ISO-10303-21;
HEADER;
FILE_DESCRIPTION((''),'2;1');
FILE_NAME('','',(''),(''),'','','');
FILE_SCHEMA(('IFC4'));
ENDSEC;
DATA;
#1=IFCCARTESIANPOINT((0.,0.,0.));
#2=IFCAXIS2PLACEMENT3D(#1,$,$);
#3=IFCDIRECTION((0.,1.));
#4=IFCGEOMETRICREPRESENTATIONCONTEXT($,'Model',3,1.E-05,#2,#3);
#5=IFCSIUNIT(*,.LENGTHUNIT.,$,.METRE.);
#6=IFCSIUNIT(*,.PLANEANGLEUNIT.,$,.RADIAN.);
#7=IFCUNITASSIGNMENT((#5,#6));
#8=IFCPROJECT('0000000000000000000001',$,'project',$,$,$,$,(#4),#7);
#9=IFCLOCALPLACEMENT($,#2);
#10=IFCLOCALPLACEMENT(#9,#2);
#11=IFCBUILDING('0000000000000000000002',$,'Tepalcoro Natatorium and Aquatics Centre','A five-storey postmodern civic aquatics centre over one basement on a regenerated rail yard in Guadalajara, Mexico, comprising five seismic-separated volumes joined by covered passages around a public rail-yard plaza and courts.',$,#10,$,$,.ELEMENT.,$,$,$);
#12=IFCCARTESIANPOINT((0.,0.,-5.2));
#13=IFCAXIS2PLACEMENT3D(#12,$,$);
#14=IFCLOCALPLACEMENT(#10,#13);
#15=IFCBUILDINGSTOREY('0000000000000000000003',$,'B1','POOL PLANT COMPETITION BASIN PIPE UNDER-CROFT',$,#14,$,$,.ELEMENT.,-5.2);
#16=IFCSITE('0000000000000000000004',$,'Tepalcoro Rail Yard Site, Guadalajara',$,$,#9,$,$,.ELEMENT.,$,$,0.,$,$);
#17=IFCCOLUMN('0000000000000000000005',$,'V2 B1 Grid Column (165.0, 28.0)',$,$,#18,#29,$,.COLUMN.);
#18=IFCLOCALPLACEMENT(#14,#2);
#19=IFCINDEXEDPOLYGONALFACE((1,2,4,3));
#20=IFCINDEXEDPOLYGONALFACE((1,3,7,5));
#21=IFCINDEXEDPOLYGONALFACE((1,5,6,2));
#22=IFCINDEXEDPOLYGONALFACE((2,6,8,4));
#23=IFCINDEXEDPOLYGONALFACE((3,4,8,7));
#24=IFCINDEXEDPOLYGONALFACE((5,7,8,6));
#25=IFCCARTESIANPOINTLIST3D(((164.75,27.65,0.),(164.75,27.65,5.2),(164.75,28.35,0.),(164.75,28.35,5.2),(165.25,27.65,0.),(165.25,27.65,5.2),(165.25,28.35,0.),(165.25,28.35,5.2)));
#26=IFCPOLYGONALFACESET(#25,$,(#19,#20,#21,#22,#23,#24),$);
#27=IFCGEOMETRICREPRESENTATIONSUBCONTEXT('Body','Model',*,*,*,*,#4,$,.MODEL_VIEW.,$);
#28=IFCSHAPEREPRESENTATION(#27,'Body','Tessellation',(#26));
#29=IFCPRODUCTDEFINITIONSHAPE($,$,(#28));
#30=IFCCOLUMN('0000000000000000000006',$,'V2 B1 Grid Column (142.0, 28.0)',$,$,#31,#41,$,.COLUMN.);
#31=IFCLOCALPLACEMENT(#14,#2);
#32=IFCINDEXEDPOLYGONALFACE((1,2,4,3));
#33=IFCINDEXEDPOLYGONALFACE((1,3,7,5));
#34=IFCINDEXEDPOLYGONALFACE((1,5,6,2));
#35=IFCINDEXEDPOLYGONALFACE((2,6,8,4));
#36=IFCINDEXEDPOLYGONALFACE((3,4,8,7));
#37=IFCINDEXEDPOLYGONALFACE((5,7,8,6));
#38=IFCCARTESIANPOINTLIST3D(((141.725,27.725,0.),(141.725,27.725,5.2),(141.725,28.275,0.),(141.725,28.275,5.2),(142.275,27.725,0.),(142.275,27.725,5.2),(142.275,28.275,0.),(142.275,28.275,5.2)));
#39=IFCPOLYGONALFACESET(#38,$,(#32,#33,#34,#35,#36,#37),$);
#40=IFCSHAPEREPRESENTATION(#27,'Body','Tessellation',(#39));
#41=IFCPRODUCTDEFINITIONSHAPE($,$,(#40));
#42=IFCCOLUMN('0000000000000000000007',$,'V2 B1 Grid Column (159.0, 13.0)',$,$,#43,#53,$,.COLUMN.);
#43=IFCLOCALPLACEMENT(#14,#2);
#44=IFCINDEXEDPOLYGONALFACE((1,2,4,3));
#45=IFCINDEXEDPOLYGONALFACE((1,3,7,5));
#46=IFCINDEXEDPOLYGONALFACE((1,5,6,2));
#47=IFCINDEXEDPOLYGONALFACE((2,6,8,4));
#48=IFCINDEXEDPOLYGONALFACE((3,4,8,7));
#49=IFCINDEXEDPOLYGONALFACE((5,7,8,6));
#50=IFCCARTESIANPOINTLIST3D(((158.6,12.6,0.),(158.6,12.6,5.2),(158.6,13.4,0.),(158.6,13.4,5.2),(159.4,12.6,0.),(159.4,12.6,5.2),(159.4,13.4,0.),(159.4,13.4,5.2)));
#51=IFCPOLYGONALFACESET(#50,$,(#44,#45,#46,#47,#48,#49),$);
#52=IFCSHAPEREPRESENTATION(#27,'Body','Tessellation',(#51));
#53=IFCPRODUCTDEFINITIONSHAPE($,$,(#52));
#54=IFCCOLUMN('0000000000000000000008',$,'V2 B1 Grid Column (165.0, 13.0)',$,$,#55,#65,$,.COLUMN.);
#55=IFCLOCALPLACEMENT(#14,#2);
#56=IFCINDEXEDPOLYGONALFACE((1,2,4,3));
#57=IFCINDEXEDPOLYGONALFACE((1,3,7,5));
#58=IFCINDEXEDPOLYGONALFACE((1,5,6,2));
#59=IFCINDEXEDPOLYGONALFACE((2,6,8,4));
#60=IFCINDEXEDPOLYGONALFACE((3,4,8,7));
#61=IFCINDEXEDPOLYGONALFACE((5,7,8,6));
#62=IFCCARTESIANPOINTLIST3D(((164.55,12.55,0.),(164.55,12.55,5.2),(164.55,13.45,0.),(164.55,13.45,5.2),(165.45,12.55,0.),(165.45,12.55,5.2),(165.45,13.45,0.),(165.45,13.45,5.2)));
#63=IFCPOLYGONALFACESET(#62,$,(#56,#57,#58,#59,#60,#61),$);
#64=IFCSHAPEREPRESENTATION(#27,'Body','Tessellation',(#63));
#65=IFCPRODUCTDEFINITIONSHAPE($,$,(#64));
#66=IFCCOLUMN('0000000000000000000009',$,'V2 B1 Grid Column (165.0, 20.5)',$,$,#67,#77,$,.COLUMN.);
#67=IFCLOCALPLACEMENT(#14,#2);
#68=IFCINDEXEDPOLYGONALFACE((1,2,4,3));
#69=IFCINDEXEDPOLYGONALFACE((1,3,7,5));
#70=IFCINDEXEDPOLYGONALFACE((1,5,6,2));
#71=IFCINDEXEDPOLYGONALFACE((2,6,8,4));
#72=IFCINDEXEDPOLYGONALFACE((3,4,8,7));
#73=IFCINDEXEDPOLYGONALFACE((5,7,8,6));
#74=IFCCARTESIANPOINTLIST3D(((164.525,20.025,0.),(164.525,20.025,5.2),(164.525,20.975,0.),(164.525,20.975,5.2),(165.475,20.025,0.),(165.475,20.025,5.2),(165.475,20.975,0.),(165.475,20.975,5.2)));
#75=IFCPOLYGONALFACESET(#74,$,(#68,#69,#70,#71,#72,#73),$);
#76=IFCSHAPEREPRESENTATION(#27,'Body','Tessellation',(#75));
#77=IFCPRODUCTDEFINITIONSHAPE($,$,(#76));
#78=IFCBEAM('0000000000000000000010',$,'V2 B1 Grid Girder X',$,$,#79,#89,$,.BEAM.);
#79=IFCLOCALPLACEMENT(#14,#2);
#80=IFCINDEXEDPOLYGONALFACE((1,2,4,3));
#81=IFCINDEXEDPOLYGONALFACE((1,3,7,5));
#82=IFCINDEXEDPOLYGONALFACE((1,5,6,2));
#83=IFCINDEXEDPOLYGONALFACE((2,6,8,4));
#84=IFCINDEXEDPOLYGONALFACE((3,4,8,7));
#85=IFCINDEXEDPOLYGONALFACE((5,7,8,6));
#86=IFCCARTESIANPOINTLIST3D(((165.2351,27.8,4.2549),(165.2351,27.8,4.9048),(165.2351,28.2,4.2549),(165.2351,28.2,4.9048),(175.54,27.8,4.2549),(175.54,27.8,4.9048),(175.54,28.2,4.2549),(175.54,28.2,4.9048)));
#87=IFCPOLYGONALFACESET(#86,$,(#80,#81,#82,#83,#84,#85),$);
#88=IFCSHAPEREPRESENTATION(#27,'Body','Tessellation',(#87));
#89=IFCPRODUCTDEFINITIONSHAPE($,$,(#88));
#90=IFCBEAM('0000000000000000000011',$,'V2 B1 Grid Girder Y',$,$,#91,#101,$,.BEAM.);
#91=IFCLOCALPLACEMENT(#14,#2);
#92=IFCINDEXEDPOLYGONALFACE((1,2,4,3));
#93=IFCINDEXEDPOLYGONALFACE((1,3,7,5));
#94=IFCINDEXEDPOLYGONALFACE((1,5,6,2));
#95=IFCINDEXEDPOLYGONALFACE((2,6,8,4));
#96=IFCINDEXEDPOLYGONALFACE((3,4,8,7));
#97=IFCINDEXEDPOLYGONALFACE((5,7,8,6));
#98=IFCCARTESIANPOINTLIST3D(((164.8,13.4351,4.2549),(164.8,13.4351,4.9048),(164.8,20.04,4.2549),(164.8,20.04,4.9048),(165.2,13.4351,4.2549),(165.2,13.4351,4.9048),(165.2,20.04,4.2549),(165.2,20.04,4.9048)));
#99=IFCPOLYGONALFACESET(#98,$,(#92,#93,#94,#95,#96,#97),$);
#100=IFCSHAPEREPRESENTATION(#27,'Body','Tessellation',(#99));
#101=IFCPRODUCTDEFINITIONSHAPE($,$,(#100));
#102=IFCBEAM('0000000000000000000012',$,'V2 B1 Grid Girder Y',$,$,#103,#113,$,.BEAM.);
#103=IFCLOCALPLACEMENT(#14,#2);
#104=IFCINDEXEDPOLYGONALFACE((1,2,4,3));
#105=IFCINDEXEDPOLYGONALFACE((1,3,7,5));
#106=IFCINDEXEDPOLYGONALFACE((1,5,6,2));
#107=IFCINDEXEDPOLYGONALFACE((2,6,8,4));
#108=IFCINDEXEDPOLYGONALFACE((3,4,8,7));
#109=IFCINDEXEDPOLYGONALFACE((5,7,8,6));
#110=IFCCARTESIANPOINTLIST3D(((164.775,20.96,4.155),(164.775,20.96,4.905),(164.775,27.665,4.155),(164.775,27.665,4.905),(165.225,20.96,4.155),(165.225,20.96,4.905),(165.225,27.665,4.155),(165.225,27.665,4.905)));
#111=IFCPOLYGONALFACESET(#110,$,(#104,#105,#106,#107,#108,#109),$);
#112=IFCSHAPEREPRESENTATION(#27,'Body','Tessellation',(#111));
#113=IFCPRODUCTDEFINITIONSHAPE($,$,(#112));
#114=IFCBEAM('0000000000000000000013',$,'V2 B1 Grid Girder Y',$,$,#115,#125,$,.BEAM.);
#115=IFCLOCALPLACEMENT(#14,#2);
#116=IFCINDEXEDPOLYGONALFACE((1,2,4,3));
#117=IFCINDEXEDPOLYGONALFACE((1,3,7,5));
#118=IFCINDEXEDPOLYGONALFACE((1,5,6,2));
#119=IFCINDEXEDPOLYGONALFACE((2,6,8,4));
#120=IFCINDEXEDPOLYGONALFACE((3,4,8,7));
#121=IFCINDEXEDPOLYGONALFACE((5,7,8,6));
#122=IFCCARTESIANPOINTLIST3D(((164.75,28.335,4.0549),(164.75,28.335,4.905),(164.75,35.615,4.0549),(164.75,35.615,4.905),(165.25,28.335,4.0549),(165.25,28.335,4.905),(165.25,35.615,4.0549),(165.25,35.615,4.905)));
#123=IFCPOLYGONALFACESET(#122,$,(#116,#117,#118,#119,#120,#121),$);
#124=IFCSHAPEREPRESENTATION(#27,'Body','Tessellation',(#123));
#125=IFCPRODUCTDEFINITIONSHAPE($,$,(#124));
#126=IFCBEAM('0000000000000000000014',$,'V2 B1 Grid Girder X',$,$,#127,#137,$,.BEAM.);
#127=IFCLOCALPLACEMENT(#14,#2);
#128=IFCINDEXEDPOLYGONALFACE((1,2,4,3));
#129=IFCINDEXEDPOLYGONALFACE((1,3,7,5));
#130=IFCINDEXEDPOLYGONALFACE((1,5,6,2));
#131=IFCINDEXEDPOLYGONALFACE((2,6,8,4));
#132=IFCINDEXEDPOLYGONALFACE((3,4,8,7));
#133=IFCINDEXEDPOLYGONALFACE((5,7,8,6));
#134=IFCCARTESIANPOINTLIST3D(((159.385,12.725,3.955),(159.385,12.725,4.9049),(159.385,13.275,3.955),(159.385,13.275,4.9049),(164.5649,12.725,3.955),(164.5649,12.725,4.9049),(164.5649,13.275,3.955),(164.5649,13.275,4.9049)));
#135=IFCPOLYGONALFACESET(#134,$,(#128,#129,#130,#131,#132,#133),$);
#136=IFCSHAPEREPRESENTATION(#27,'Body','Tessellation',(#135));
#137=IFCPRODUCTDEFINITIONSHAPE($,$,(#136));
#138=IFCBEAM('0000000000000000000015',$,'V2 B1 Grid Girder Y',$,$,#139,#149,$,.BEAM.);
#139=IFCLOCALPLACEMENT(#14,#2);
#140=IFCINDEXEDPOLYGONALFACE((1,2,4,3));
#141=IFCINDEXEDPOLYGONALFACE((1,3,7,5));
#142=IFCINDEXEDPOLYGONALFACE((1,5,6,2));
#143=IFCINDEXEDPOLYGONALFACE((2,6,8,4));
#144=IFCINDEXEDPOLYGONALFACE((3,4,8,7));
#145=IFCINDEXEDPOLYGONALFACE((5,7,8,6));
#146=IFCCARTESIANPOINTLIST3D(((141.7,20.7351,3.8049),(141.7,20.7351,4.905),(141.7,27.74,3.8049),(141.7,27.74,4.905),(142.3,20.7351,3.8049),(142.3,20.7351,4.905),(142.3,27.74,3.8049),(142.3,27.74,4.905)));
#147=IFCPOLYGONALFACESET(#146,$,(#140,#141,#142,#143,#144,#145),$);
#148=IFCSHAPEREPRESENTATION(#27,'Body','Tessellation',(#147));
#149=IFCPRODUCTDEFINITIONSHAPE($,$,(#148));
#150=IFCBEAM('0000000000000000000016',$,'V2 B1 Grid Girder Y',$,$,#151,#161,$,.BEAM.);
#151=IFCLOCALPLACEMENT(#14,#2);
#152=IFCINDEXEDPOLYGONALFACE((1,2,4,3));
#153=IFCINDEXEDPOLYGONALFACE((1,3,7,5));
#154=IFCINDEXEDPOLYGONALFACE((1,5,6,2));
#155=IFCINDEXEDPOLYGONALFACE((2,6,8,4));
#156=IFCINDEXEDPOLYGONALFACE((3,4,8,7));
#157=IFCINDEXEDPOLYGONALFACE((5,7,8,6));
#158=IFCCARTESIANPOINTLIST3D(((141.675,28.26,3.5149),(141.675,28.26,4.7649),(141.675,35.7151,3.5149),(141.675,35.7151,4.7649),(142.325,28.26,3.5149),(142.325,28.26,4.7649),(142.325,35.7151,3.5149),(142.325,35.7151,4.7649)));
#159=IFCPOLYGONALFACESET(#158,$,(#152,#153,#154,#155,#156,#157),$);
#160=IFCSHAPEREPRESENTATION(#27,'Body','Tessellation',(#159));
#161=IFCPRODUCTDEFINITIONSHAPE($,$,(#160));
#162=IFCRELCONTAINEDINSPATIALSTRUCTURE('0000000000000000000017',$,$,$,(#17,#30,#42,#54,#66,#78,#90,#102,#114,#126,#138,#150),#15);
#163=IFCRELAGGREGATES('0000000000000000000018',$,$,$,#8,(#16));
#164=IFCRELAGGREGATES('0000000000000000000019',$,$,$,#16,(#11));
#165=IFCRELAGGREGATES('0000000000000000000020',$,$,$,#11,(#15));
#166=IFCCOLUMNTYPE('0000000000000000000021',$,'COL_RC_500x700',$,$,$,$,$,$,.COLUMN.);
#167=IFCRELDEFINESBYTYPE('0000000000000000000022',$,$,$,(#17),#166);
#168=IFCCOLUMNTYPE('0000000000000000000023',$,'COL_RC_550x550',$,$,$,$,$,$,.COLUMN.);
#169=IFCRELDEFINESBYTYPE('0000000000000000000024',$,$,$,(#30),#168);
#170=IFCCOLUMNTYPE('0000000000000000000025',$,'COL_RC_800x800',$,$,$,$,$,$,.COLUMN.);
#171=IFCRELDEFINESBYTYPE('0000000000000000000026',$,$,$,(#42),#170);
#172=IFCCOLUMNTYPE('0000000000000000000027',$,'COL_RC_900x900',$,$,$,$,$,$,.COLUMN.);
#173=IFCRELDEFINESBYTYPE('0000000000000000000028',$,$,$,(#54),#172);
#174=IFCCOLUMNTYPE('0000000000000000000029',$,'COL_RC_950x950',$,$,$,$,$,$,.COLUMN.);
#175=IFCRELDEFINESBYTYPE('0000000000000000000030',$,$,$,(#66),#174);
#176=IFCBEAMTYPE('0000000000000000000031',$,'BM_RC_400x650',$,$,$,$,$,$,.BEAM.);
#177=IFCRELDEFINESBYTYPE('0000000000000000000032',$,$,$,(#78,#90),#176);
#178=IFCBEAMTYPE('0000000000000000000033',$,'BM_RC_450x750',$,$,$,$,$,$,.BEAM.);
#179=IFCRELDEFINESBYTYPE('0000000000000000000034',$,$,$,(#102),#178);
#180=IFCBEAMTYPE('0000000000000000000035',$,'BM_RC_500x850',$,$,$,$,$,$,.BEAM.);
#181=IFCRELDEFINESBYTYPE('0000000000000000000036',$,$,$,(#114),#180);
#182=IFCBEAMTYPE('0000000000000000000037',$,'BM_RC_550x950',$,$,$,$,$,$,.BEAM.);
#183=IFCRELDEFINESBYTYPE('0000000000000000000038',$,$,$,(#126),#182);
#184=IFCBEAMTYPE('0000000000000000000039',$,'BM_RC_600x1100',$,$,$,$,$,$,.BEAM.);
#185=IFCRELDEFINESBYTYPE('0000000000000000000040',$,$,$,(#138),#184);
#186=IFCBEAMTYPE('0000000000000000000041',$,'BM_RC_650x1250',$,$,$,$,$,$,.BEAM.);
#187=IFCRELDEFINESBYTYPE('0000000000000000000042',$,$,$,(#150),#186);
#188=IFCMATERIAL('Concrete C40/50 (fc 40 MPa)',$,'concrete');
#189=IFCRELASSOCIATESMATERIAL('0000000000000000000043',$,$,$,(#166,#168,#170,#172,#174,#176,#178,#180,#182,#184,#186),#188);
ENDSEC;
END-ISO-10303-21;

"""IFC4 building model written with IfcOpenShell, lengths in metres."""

from ifc_helpers import new_model, si_unit, direction, frame, origin, origin_2d, place, context, subcontext, project, spatial, rectangle, extrude, material, material_profile, profile_set, type_object, element, save


model = new_model("IFC4")

# Units and contexts
model_context = context("Model", 3, precision=1e-05, world=origin(), true_north=direction((0.0, 1.0)))
body_context = subcontext(model_context, "Body", "Model", "MODEL_VIEW")
ifc_project = project(units=[si_unit("LENGTHUNIT", "METRE"), si_unit("PLANEANGLEUNIT", "RADIAN")], contexts=[model_context])

# Site, building, storey
site_placement = place(None, origin())
site = spatial("IfcSite", under=ifc_project, at=site_placement, Name="Tepalcoro Rail Yard Site, Guadalajara", CompositionType="ELEMENT", RefElevation=0.0)
building_placement = place(site_placement, origin())
building = spatial("IfcBuilding", under=site, at=building_placement, Name="Tepalcoro Natatorium and Aquatics Centre", Description="A five-storey postmodern civic aquatics centre over one basement on a regenerated rail yard in Guadalajara, Mexico, comprising five seismic-separated volumes joined by covered passages around a public rail-yard plaza and courts.", CompositionType="ELEMENT")
storey_placement = place(building_placement, frame((0.0, 0.0, -5.2)))
storey = spatial("IfcBuildingStorey", under=building, at=storey_placement, Name="B1", Description="POOL PLANT COMPETITION BASIN PIPE UNDER-CROFT", CompositionType="ELEMENT", Elevation=-5.2)

# Shared definitions
ifc_material_1 = material(Name="Concrete C40/50 (fc 40 MPa)", Category="concrete")

# Columns
ifc_material_profile_1 = material_profile(ifc_material_1, rectangle(XDim=0.5, YDim=0.7, at=origin_2d()), Name="RC500x700")
ifc_profile_set_1 = profile_set([ifc_material_profile_1], Name="Concrete C40/50 (fc 40 MPa)")
column_type_1 = type_object("IfcColumnType", Name="COL_RC_500x700", PredefinedType="COLUMN", material=ifc_profile_set_1)
column_1_placement = place(storey_placement, frame((165.0, 28.0, 0.0), z_axis=(0.0, 0.0, 1.0), x_axis=(1.0, 0.0, 0.0)))
element("IfcColumn", 1, at=column_1_placement, inside=storey, type_object=column_type_1, Name="V2 B1 Grid Column (165.0, 28.0)", PredefinedType="COLUMN", context=body_context, shape_type="SweptSolid", body=[
    extrude(rectangle(XDim=0.5, YDim=0.7, at=origin_2d()), origin(), (0.0, 0.0, 1.0), 5.2),
])
ifc_material_profile_2 = material_profile(ifc_material_1, rectangle(XDim=0.55, YDim=0.55, at=origin_2d()), Name="RC550x550")
ifc_profile_set_2 = profile_set([ifc_material_profile_2], Name="Concrete C40/50 (fc 40 MPa)")
column_type_2 = type_object("IfcColumnType", Name="COL_RC_550x550", PredefinedType="COLUMN", material=ifc_profile_set_2)
column_2_placement = place(storey_placement, frame((142.0, 28.0, 0.0), z_axis=(0.0, 0.0, 1.0), x_axis=(1.0, 0.0, 0.0)))
element("IfcColumn", 2, at=column_2_placement, inside=storey, type_object=column_type_2, Name="V2 B1 Grid Column (142.0, 28.0)", PredefinedType="COLUMN", context=body_context, shape_type="SweptSolid", body=[
    extrude(rectangle(XDim=0.55, YDim=0.55, at=origin_2d()), origin(), (0.0, 0.0, 1.0), 5.2),
])
ifc_material_profile_3 = material_profile(ifc_material_1, rectangle(XDim=0.8, YDim=0.8, at=origin_2d()), Name="RC800x800")
ifc_profile_set_3 = profile_set([ifc_material_profile_3], Name="Concrete C40/50 (fc 40 MPa)")
column_type_3 = type_object("IfcColumnType", Name="COL_RC_800x800", PredefinedType="COLUMN", material=ifc_profile_set_3)
column_3_placement = place(storey_placement, frame((159.0, 13.0, 0.0), z_axis=(0.0, 0.0, 1.0), x_axis=(1.0, 0.0, 0.0)))
element("IfcColumn", 3, at=column_3_placement, inside=storey, type_object=column_type_3, Name="V2 B1 Grid Column (159.0, 13.0)", PredefinedType="COLUMN", context=body_context, shape_type="SweptSolid", body=[
    extrude(rectangle(XDim=0.8, YDim=0.8, at=origin_2d()), origin(), (0.0, 0.0, 1.0), 5.2),
])
ifc_material_profile_4 = material_profile(ifc_material_1, rectangle(XDim=0.8999, YDim=0.8999, at=origin_2d()), Name="RC900x900")
ifc_profile_set_4 = profile_set([ifc_material_profile_4], Name="Concrete C40/50 (fc 40 MPa)")
column_type_4 = type_object("IfcColumnType", Name="COL_RC_900x900", PredefinedType="COLUMN", material=ifc_profile_set_4)
column_4_placement = place(storey_placement, frame((165.0, 13.0, 0.0), z_axis=(0.0, 0.0, 1.0), x_axis=(1.0, 0.0, 0.0)))
element("IfcColumn", 4, at=column_4_placement, inside=storey, type_object=column_type_4, Name="V2 B1 Grid Column (165.0, 13.0)", PredefinedType="COLUMN", context=body_context, shape_type="SweptSolid", body=[
    extrude(rectangle(XDim=0.8999, YDim=0.8999, at=origin_2d()), origin(), (0.0, 0.0, 1.0), 5.2),
])
ifc_material_profile_5 = material_profile(ifc_material_1, rectangle(XDim=0.95, YDim=0.95, at=origin_2d()), Name="RC950x950")
ifc_profile_set_5 = profile_set([ifc_material_profile_5], Name="Concrete C40/50 (fc 40 MPa)")
column_type_5 = type_object("IfcColumnType", Name="COL_RC_950x950", PredefinedType="COLUMN", material=ifc_profile_set_5)
column_5_placement = place(storey_placement, frame((165.0, 20.5, 0.0), z_axis=(0.0, 0.0, 1.0), x_axis=(1.0, 0.0, 0.0)))
element("IfcColumn", 5, at=column_5_placement, inside=storey, type_object=column_type_5, Name="V2 B1 Grid Column (165.0, 20.5)", PredefinedType="COLUMN", context=body_context, shape_type="SweptSolid", body=[
    extrude(rectangle(XDim=0.95, YDim=0.95, at=origin_2d()), origin(), (0.0, 0.0, 1.0), 5.2),
])

# Beams
ifc_material_profile_6 = material_profile(ifc_material_1, rectangle(XDim=0.3999, YDim=0.6499, at=origin_2d()), Name="RCB400x650")
ifc_profile_set_6 = profile_set([ifc_material_profile_6], Name="Concrete C40/50 (fc 40 MPa)")
beam_type_1 = type_object("IfcBeamType", Name="BM_RC_400x650", PredefinedType="BEAM", material=ifc_profile_set_6)
beam_1_placement = place(storey_placement, frame((165.2351, 28.0, 4.5798), z_axis=(1.0, 0.0, 0.0), x_axis=(0.0, 1.0, 0.0)))
element("IfcBeam", 6, at=beam_1_placement, inside=storey, type_object=beam_type_1, Name="V2 B1 Grid Girder X", PredefinedType="BEAM", context=body_context, shape_type="SweptSolid", body=[
    extrude(rectangle(XDim=0.3999, YDim=0.6499, at=origin_2d()), origin(), (0.0, 0.0, 1.0), 10.3049),
])
beam_2_placement = place(storey_placement, frame((165.0, 13.4351, 4.5798), z_axis=(0.0, 1.0, 0.0), x_axis=(-1.0, 0.0, 0.0)))
element("IfcBeam", 7, at=beam_2_placement, inside=storey, type_object=beam_type_1, Name="V2 B1 Grid Girder Y", PredefinedType="BEAM", context=body_context, shape_type="SweptSolid", body=[
    extrude(rectangle(XDim=0.3999, YDim=0.6499, at=origin_2d()), origin(), (0.0, 0.0, 1.0), 6.605),
])
ifc_material_profile_7 = material_profile(ifc_material_1, rectangle(XDim=0.45, YDim=0.75, at=origin_2d()), Name="RCB450x750")
ifc_profile_set_7 = profile_set([ifc_material_profile_7], Name="Concrete C40/50 (fc 40 MPa)")
beam_type_2 = type_object("IfcBeamType", Name="BM_RC_450x750", PredefinedType="BEAM", material=ifc_profile_set_7)
beam_3_placement = place(storey_placement, frame((165.0, 20.96, 4.53), z_axis=(0.0, 1.0, 0.0), x_axis=(-1.0, 0.0, 0.0)))
element("IfcBeam", 8, at=beam_3_placement, inside=storey, type_object=beam_type_2, Name="V2 B1 Grid Girder Y", PredefinedType="BEAM", context=body_context, shape_type="SweptSolid", body=[
    extrude(rectangle(XDim=0.45, YDim=0.75, at=origin_2d()), origin(), (0.0, 0.0, 1.0), 6.7051),
])
ifc_material_profile_8 = material_profile(ifc_material_1, rectangle(XDim=0.5, YDim=0.8501, at=origin_2d()), Name="RCB500x850")
ifc_profile_set_8 = profile_set([ifc_material_profile_8], Name="Concrete C40/50 (fc 40 MPa)")
beam_type_3 = type_object("IfcBeamType", Name="BM_RC_500x850", PredefinedType="BEAM", material=ifc_profile_set_8)
beam_4_placement = place(storey_placement, frame((165.0, 28.335, 4.48), z_axis=(0.0, 1.0, 0.0), x_axis=(-1.0, 0.0, 0.0)))
element("IfcBeam", 9, at=beam_4_placement, inside=storey, type_object=beam_type_3, Name="V2 B1 Grid Girder Y", PredefinedType="BEAM", context=body_context, shape_type="SweptSolid", body=[
    extrude(rectangle(XDim=0.5, YDim=0.8501, at=origin_2d()), origin(), (0.0, 0.0, 1.0), 7.28),
])
ifc_material_profile_9 = material_profile(ifc_material_1, rectangle(XDim=0.55, YDim=0.95, at=origin_2d()), Name="RCB550x950")
ifc_profile_set_9 = profile_set([ifc_material_profile_9], Name="Concrete C40/50 (fc 40 MPa)")
beam_type_4 = type_object("IfcBeamType", Name="BM_RC_550x950", PredefinedType="BEAM", material=ifc_profile_set_9)
beam_5_placement = place(storey_placement, frame((159.385, 13.0, 4.4299), z_axis=(1.0, 0.0, 0.0), x_axis=(0.0, 1.0, 0.0)))
element("IfcBeam", 10, at=beam_5_placement, inside=storey, type_object=beam_type_4, Name="V2 B1 Grid Girder X", PredefinedType="BEAM", context=body_context, shape_type="SweptSolid", body=[
    extrude(rectangle(XDim=0.55, YDim=0.95, at=origin_2d()), origin(), (0.0, 0.0, 1.0), 5.1799),
])
ifc_material_profile_10 = material_profile(ifc_material_1, rectangle(XDim=0.6001, YDim=1.1001, at=origin_2d()), Name="RCB600x1100")
ifc_profile_set_10 = profile_set([ifc_material_profile_10], Name="Concrete C40/50 (fc 40 MPa)")
beam_type_5 = type_object("IfcBeamType", Name="BM_RC_600x1100", PredefinedType="BEAM", material=ifc_profile_set_10)
beam_6_placement = place(storey_placement, frame((142.0, 20.7351, 4.355), z_axis=(0.0, 1.0, 0.0), x_axis=(-1.0, 0.0, 0.0)))
element("IfcBeam", 11, at=beam_6_placement, inside=storey, type_object=beam_type_5, Name="V2 B1 Grid Girder Y", PredefinedType="BEAM", context=body_context, shape_type="SweptSolid", body=[
    extrude(rectangle(XDim=0.6001, YDim=1.1001, at=origin_2d()), origin(), (0.0, 0.0, 1.0), 7.0049),
])
ifc_material_profile_11 = material_profile(ifc_material_1, rectangle(XDim=0.6499, YDim=1.25, at=origin_2d()), Name="RCB650x1250")
ifc_profile_set_11 = profile_set([ifc_material_profile_11], Name="Concrete C40/50 (fc 40 MPa)")
beam_type_6 = type_object("IfcBeamType", Name="BM_RC_650x1250", PredefinedType="BEAM", material=ifc_profile_set_11)
beam_7_placement = place(storey_placement, frame((142.0, 28.26, 4.1399), z_axis=(0.0, 1.0, 0.0), x_axis=(-1.0, 0.0, 0.0)))
element("IfcBeam", 12, at=beam_7_placement, inside=storey, type_object=beam_type_6, Name="V2 B1 Grid Girder Y", PredefinedType="BEAM", context=body_context, shape_type="SweptSolid", body=[
    extrude(rectangle(XDim=0.6499, YDim=1.25, at=origin_2d()), origin(), (0.0, 0.0, 1.0), 7.4551),
])

save(model, "model.ifc")
